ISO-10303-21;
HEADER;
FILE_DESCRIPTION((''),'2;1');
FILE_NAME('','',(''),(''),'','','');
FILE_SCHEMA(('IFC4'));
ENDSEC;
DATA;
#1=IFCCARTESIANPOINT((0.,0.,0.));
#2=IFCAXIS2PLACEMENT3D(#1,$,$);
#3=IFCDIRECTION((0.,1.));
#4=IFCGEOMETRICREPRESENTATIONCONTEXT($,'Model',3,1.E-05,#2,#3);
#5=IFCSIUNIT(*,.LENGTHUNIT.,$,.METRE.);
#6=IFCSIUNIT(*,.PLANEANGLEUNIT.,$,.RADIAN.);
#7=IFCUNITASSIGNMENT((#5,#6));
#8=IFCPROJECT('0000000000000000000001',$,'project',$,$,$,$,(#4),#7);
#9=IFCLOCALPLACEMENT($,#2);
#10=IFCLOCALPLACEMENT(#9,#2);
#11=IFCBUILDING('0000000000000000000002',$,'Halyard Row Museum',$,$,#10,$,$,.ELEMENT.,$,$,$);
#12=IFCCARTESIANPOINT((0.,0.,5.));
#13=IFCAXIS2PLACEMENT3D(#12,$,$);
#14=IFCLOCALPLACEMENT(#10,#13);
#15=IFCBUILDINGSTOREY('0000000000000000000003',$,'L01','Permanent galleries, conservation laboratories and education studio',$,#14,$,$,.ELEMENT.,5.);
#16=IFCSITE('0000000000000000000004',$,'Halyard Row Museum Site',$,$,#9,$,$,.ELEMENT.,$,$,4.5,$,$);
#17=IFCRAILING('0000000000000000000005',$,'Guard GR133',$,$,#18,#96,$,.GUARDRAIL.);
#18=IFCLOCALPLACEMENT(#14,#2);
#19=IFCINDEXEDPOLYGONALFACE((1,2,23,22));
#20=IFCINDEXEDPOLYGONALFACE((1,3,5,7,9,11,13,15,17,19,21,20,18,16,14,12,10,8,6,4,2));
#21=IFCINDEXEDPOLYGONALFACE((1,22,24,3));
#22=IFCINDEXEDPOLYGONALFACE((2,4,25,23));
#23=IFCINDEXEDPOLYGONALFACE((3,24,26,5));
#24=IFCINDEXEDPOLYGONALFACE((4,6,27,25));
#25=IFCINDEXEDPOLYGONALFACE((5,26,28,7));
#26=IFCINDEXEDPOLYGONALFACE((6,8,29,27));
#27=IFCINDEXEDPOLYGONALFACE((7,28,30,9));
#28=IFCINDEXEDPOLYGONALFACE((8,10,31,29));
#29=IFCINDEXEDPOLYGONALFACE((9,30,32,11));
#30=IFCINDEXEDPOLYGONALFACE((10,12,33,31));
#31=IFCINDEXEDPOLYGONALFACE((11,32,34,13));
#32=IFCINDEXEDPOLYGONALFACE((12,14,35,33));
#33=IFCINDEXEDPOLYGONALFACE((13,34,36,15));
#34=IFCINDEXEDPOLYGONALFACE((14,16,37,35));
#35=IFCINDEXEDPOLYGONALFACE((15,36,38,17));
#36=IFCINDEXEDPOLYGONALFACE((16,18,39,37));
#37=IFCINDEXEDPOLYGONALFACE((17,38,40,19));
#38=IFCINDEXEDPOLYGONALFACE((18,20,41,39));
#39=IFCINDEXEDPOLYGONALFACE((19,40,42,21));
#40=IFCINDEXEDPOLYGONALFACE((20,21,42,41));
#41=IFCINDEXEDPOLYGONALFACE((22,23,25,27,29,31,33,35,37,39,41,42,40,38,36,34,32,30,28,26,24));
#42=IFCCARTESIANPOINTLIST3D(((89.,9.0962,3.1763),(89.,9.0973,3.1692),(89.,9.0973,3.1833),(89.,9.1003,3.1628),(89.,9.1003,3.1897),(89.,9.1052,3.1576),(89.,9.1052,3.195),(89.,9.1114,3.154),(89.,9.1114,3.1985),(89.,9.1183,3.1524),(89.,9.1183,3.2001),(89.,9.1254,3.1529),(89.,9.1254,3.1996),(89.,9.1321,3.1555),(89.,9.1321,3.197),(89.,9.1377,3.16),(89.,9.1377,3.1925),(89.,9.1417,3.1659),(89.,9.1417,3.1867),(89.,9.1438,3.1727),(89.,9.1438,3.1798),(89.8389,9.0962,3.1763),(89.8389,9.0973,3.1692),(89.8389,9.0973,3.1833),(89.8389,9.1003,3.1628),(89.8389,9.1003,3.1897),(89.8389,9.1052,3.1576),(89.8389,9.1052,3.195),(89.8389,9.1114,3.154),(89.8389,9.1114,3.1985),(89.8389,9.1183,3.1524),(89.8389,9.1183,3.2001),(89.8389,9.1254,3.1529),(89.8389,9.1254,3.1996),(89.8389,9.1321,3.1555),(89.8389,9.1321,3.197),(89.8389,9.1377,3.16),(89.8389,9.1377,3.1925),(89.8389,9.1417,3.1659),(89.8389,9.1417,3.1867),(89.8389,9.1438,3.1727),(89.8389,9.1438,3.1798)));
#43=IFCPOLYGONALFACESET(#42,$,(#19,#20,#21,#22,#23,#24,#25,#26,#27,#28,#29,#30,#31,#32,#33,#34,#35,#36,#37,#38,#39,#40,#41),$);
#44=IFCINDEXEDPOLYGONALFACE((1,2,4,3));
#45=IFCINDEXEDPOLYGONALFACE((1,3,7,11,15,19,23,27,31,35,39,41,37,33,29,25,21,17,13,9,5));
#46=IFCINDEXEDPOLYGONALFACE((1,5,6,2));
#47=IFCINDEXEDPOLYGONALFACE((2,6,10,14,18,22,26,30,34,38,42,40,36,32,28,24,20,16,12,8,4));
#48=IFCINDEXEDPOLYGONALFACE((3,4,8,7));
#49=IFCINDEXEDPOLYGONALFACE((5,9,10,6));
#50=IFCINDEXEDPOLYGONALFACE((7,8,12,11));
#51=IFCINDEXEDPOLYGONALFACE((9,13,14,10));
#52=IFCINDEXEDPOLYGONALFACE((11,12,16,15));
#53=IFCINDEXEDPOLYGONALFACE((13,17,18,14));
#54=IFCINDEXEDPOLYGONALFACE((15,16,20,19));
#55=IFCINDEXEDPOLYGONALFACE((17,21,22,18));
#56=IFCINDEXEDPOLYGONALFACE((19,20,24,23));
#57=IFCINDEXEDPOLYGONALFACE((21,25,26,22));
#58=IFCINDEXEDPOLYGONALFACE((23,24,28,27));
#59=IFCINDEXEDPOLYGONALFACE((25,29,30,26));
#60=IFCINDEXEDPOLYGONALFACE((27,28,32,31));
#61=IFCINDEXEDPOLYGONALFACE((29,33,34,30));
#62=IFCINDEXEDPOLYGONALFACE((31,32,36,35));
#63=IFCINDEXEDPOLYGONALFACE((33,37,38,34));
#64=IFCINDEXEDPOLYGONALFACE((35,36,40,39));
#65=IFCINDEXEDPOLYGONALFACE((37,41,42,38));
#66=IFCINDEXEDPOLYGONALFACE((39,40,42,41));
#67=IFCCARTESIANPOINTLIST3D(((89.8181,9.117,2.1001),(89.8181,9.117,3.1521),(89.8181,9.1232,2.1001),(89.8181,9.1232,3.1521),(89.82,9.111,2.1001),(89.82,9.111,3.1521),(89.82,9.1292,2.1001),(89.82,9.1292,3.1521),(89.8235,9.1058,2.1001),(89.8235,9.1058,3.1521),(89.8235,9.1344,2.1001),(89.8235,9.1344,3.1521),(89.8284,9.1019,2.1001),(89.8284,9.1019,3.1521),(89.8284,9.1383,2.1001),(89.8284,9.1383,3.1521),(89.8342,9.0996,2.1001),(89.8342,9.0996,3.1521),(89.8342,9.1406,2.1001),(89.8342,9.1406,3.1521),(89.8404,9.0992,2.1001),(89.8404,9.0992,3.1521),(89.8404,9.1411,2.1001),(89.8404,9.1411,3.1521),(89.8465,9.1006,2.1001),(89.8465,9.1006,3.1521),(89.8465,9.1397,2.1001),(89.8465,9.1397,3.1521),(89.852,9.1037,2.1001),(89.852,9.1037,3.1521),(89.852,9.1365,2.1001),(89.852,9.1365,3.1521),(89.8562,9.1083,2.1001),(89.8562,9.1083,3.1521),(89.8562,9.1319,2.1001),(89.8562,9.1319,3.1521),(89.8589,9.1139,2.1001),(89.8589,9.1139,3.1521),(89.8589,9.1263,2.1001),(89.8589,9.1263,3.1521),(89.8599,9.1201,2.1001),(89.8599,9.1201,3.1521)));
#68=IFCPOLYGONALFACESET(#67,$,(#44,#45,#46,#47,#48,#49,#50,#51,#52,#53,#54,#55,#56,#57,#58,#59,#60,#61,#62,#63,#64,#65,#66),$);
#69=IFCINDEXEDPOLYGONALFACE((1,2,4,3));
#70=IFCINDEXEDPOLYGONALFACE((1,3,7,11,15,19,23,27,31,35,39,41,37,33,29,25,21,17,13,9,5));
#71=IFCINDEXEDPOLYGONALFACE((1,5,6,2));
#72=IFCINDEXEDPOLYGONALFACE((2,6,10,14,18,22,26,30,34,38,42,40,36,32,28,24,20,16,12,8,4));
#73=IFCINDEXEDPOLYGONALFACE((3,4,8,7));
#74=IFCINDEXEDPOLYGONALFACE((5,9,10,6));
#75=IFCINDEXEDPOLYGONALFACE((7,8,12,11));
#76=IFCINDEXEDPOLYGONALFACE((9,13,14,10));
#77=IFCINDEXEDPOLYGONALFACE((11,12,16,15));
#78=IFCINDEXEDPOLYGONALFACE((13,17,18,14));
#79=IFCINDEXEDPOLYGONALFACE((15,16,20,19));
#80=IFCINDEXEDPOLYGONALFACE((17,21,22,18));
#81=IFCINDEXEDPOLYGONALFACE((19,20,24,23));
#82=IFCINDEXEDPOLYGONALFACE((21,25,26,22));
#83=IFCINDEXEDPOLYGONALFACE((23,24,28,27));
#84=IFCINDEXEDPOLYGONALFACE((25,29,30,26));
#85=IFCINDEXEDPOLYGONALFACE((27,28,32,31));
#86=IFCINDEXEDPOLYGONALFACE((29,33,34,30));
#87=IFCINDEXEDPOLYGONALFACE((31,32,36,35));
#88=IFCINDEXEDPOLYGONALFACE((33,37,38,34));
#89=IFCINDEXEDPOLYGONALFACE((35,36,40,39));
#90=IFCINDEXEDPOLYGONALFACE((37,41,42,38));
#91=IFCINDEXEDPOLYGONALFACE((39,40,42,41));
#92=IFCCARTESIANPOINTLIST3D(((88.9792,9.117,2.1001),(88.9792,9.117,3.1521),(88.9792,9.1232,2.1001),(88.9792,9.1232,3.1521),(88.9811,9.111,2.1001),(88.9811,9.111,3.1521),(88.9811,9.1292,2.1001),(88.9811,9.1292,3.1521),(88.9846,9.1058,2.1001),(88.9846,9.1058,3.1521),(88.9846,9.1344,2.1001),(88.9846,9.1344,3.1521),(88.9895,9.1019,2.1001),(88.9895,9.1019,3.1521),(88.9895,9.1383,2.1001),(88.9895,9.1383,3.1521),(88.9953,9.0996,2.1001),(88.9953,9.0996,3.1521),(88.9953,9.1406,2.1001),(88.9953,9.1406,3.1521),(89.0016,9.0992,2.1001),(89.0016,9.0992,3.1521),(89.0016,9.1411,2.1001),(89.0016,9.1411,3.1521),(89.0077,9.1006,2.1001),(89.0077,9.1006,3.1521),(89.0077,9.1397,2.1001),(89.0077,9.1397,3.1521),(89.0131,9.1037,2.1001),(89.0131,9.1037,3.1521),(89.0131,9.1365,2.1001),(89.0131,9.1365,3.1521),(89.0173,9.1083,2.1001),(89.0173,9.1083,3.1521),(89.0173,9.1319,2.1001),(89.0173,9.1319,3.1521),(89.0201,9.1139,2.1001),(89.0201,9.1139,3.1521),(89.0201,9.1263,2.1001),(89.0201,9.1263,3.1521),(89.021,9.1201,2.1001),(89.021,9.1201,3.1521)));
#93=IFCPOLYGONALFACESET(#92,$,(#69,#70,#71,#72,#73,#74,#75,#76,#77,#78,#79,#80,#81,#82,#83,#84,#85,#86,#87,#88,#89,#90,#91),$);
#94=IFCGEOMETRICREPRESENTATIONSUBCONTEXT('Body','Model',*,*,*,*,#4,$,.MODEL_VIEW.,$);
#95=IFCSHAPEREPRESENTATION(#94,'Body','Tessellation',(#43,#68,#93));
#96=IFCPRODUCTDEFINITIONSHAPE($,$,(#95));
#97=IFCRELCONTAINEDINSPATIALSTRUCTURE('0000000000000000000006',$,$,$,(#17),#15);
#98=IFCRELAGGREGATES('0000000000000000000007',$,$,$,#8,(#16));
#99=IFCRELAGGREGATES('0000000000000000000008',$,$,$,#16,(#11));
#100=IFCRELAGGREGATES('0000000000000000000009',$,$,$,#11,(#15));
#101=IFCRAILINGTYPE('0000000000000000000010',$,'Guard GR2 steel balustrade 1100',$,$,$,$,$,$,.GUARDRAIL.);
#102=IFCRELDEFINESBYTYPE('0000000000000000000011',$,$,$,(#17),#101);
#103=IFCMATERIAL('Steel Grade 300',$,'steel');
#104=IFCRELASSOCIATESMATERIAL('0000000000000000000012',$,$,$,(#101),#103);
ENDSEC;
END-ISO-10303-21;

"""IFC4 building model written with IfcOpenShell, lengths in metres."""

from ifc_helpers import new_model, si_unit, direction, frame, origin, origin_2d, place, context, subcontext, project, spatial, circle, extrude, material, type_object, element, save


model = new_model("IFC4")

# Units and contexts
model_context = context("Model", 3, precision=1e-05, world=origin(), true_north=direction((0.0, 1.0)))
body_context = subcontext(model_context, "Body", "Model", "MODEL_VIEW")
ifc_project = project(units=[si_unit("LENGTHUNIT", "METRE"), si_unit("PLANEANGLEUNIT", "RADIAN")], contexts=[model_context])

# Site, building, storey
site_placement = place(None, origin())
site = spatial("IfcSite", under=ifc_project, at=site_placement, Name="Halyard Row Museum Site", CompositionType="ELEMENT", RefElevation=4.5)
building_placement = place(site_placement, origin())
building = spatial("IfcBuilding", under=site, at=building_placement, Name="Halyard Row Museum", CompositionType="ELEMENT")
storey_placement = place(building_placement, frame((0.0, 0.0, 5.0)))
storey = spatial("IfcBuildingStorey", under=building, at=storey_placement, Name="L01", Description="Permanent galleries, conservation laboratories and education studio", CompositionType="ELEMENT", Elevation=5.0)

# Railing
ifc_material_1 = material(Name="Steel Grade 300", Category="steel")
railing_type = type_object("IfcRailingType", Name="Guard GR2 steel balustrade 1100", PredefinedType="GUARDRAIL", material=ifc_material_1)
for number, where, name in (
    (1, (89.8389, 9.1201, 2.1001), "Guard GR133"),
):
    element("IfcRailing", number, at=place(storey_placement, frame(where)), inside=storey, type_object=railing_type, Name=name, PredefinedType="GUARDRAIL", context=body_context, shape_type="SweptSolid", body=[
        extrude(circle(Radius=0.0239, at=origin_2d()), frame((0.0, 0.0, 1.0762), z_axis=(-1.0, 0.0, 0.0), x_axis=(0.0, -1.0, 0.0)), (0.0, 0.0, 1.0), 0.8389),
        extrude(circle(Radius=0.021, at=origin_2d()), origin(), (0.0, 0.0, 1.0), 1.052),
        extrude(circle(Radius=0.021, at=origin_2d()), frame((-0.8389, 0.0, 0.0)), (0.0, 0.0, 1.0), 1.052),
    ])

save(model, "model.ifc")
